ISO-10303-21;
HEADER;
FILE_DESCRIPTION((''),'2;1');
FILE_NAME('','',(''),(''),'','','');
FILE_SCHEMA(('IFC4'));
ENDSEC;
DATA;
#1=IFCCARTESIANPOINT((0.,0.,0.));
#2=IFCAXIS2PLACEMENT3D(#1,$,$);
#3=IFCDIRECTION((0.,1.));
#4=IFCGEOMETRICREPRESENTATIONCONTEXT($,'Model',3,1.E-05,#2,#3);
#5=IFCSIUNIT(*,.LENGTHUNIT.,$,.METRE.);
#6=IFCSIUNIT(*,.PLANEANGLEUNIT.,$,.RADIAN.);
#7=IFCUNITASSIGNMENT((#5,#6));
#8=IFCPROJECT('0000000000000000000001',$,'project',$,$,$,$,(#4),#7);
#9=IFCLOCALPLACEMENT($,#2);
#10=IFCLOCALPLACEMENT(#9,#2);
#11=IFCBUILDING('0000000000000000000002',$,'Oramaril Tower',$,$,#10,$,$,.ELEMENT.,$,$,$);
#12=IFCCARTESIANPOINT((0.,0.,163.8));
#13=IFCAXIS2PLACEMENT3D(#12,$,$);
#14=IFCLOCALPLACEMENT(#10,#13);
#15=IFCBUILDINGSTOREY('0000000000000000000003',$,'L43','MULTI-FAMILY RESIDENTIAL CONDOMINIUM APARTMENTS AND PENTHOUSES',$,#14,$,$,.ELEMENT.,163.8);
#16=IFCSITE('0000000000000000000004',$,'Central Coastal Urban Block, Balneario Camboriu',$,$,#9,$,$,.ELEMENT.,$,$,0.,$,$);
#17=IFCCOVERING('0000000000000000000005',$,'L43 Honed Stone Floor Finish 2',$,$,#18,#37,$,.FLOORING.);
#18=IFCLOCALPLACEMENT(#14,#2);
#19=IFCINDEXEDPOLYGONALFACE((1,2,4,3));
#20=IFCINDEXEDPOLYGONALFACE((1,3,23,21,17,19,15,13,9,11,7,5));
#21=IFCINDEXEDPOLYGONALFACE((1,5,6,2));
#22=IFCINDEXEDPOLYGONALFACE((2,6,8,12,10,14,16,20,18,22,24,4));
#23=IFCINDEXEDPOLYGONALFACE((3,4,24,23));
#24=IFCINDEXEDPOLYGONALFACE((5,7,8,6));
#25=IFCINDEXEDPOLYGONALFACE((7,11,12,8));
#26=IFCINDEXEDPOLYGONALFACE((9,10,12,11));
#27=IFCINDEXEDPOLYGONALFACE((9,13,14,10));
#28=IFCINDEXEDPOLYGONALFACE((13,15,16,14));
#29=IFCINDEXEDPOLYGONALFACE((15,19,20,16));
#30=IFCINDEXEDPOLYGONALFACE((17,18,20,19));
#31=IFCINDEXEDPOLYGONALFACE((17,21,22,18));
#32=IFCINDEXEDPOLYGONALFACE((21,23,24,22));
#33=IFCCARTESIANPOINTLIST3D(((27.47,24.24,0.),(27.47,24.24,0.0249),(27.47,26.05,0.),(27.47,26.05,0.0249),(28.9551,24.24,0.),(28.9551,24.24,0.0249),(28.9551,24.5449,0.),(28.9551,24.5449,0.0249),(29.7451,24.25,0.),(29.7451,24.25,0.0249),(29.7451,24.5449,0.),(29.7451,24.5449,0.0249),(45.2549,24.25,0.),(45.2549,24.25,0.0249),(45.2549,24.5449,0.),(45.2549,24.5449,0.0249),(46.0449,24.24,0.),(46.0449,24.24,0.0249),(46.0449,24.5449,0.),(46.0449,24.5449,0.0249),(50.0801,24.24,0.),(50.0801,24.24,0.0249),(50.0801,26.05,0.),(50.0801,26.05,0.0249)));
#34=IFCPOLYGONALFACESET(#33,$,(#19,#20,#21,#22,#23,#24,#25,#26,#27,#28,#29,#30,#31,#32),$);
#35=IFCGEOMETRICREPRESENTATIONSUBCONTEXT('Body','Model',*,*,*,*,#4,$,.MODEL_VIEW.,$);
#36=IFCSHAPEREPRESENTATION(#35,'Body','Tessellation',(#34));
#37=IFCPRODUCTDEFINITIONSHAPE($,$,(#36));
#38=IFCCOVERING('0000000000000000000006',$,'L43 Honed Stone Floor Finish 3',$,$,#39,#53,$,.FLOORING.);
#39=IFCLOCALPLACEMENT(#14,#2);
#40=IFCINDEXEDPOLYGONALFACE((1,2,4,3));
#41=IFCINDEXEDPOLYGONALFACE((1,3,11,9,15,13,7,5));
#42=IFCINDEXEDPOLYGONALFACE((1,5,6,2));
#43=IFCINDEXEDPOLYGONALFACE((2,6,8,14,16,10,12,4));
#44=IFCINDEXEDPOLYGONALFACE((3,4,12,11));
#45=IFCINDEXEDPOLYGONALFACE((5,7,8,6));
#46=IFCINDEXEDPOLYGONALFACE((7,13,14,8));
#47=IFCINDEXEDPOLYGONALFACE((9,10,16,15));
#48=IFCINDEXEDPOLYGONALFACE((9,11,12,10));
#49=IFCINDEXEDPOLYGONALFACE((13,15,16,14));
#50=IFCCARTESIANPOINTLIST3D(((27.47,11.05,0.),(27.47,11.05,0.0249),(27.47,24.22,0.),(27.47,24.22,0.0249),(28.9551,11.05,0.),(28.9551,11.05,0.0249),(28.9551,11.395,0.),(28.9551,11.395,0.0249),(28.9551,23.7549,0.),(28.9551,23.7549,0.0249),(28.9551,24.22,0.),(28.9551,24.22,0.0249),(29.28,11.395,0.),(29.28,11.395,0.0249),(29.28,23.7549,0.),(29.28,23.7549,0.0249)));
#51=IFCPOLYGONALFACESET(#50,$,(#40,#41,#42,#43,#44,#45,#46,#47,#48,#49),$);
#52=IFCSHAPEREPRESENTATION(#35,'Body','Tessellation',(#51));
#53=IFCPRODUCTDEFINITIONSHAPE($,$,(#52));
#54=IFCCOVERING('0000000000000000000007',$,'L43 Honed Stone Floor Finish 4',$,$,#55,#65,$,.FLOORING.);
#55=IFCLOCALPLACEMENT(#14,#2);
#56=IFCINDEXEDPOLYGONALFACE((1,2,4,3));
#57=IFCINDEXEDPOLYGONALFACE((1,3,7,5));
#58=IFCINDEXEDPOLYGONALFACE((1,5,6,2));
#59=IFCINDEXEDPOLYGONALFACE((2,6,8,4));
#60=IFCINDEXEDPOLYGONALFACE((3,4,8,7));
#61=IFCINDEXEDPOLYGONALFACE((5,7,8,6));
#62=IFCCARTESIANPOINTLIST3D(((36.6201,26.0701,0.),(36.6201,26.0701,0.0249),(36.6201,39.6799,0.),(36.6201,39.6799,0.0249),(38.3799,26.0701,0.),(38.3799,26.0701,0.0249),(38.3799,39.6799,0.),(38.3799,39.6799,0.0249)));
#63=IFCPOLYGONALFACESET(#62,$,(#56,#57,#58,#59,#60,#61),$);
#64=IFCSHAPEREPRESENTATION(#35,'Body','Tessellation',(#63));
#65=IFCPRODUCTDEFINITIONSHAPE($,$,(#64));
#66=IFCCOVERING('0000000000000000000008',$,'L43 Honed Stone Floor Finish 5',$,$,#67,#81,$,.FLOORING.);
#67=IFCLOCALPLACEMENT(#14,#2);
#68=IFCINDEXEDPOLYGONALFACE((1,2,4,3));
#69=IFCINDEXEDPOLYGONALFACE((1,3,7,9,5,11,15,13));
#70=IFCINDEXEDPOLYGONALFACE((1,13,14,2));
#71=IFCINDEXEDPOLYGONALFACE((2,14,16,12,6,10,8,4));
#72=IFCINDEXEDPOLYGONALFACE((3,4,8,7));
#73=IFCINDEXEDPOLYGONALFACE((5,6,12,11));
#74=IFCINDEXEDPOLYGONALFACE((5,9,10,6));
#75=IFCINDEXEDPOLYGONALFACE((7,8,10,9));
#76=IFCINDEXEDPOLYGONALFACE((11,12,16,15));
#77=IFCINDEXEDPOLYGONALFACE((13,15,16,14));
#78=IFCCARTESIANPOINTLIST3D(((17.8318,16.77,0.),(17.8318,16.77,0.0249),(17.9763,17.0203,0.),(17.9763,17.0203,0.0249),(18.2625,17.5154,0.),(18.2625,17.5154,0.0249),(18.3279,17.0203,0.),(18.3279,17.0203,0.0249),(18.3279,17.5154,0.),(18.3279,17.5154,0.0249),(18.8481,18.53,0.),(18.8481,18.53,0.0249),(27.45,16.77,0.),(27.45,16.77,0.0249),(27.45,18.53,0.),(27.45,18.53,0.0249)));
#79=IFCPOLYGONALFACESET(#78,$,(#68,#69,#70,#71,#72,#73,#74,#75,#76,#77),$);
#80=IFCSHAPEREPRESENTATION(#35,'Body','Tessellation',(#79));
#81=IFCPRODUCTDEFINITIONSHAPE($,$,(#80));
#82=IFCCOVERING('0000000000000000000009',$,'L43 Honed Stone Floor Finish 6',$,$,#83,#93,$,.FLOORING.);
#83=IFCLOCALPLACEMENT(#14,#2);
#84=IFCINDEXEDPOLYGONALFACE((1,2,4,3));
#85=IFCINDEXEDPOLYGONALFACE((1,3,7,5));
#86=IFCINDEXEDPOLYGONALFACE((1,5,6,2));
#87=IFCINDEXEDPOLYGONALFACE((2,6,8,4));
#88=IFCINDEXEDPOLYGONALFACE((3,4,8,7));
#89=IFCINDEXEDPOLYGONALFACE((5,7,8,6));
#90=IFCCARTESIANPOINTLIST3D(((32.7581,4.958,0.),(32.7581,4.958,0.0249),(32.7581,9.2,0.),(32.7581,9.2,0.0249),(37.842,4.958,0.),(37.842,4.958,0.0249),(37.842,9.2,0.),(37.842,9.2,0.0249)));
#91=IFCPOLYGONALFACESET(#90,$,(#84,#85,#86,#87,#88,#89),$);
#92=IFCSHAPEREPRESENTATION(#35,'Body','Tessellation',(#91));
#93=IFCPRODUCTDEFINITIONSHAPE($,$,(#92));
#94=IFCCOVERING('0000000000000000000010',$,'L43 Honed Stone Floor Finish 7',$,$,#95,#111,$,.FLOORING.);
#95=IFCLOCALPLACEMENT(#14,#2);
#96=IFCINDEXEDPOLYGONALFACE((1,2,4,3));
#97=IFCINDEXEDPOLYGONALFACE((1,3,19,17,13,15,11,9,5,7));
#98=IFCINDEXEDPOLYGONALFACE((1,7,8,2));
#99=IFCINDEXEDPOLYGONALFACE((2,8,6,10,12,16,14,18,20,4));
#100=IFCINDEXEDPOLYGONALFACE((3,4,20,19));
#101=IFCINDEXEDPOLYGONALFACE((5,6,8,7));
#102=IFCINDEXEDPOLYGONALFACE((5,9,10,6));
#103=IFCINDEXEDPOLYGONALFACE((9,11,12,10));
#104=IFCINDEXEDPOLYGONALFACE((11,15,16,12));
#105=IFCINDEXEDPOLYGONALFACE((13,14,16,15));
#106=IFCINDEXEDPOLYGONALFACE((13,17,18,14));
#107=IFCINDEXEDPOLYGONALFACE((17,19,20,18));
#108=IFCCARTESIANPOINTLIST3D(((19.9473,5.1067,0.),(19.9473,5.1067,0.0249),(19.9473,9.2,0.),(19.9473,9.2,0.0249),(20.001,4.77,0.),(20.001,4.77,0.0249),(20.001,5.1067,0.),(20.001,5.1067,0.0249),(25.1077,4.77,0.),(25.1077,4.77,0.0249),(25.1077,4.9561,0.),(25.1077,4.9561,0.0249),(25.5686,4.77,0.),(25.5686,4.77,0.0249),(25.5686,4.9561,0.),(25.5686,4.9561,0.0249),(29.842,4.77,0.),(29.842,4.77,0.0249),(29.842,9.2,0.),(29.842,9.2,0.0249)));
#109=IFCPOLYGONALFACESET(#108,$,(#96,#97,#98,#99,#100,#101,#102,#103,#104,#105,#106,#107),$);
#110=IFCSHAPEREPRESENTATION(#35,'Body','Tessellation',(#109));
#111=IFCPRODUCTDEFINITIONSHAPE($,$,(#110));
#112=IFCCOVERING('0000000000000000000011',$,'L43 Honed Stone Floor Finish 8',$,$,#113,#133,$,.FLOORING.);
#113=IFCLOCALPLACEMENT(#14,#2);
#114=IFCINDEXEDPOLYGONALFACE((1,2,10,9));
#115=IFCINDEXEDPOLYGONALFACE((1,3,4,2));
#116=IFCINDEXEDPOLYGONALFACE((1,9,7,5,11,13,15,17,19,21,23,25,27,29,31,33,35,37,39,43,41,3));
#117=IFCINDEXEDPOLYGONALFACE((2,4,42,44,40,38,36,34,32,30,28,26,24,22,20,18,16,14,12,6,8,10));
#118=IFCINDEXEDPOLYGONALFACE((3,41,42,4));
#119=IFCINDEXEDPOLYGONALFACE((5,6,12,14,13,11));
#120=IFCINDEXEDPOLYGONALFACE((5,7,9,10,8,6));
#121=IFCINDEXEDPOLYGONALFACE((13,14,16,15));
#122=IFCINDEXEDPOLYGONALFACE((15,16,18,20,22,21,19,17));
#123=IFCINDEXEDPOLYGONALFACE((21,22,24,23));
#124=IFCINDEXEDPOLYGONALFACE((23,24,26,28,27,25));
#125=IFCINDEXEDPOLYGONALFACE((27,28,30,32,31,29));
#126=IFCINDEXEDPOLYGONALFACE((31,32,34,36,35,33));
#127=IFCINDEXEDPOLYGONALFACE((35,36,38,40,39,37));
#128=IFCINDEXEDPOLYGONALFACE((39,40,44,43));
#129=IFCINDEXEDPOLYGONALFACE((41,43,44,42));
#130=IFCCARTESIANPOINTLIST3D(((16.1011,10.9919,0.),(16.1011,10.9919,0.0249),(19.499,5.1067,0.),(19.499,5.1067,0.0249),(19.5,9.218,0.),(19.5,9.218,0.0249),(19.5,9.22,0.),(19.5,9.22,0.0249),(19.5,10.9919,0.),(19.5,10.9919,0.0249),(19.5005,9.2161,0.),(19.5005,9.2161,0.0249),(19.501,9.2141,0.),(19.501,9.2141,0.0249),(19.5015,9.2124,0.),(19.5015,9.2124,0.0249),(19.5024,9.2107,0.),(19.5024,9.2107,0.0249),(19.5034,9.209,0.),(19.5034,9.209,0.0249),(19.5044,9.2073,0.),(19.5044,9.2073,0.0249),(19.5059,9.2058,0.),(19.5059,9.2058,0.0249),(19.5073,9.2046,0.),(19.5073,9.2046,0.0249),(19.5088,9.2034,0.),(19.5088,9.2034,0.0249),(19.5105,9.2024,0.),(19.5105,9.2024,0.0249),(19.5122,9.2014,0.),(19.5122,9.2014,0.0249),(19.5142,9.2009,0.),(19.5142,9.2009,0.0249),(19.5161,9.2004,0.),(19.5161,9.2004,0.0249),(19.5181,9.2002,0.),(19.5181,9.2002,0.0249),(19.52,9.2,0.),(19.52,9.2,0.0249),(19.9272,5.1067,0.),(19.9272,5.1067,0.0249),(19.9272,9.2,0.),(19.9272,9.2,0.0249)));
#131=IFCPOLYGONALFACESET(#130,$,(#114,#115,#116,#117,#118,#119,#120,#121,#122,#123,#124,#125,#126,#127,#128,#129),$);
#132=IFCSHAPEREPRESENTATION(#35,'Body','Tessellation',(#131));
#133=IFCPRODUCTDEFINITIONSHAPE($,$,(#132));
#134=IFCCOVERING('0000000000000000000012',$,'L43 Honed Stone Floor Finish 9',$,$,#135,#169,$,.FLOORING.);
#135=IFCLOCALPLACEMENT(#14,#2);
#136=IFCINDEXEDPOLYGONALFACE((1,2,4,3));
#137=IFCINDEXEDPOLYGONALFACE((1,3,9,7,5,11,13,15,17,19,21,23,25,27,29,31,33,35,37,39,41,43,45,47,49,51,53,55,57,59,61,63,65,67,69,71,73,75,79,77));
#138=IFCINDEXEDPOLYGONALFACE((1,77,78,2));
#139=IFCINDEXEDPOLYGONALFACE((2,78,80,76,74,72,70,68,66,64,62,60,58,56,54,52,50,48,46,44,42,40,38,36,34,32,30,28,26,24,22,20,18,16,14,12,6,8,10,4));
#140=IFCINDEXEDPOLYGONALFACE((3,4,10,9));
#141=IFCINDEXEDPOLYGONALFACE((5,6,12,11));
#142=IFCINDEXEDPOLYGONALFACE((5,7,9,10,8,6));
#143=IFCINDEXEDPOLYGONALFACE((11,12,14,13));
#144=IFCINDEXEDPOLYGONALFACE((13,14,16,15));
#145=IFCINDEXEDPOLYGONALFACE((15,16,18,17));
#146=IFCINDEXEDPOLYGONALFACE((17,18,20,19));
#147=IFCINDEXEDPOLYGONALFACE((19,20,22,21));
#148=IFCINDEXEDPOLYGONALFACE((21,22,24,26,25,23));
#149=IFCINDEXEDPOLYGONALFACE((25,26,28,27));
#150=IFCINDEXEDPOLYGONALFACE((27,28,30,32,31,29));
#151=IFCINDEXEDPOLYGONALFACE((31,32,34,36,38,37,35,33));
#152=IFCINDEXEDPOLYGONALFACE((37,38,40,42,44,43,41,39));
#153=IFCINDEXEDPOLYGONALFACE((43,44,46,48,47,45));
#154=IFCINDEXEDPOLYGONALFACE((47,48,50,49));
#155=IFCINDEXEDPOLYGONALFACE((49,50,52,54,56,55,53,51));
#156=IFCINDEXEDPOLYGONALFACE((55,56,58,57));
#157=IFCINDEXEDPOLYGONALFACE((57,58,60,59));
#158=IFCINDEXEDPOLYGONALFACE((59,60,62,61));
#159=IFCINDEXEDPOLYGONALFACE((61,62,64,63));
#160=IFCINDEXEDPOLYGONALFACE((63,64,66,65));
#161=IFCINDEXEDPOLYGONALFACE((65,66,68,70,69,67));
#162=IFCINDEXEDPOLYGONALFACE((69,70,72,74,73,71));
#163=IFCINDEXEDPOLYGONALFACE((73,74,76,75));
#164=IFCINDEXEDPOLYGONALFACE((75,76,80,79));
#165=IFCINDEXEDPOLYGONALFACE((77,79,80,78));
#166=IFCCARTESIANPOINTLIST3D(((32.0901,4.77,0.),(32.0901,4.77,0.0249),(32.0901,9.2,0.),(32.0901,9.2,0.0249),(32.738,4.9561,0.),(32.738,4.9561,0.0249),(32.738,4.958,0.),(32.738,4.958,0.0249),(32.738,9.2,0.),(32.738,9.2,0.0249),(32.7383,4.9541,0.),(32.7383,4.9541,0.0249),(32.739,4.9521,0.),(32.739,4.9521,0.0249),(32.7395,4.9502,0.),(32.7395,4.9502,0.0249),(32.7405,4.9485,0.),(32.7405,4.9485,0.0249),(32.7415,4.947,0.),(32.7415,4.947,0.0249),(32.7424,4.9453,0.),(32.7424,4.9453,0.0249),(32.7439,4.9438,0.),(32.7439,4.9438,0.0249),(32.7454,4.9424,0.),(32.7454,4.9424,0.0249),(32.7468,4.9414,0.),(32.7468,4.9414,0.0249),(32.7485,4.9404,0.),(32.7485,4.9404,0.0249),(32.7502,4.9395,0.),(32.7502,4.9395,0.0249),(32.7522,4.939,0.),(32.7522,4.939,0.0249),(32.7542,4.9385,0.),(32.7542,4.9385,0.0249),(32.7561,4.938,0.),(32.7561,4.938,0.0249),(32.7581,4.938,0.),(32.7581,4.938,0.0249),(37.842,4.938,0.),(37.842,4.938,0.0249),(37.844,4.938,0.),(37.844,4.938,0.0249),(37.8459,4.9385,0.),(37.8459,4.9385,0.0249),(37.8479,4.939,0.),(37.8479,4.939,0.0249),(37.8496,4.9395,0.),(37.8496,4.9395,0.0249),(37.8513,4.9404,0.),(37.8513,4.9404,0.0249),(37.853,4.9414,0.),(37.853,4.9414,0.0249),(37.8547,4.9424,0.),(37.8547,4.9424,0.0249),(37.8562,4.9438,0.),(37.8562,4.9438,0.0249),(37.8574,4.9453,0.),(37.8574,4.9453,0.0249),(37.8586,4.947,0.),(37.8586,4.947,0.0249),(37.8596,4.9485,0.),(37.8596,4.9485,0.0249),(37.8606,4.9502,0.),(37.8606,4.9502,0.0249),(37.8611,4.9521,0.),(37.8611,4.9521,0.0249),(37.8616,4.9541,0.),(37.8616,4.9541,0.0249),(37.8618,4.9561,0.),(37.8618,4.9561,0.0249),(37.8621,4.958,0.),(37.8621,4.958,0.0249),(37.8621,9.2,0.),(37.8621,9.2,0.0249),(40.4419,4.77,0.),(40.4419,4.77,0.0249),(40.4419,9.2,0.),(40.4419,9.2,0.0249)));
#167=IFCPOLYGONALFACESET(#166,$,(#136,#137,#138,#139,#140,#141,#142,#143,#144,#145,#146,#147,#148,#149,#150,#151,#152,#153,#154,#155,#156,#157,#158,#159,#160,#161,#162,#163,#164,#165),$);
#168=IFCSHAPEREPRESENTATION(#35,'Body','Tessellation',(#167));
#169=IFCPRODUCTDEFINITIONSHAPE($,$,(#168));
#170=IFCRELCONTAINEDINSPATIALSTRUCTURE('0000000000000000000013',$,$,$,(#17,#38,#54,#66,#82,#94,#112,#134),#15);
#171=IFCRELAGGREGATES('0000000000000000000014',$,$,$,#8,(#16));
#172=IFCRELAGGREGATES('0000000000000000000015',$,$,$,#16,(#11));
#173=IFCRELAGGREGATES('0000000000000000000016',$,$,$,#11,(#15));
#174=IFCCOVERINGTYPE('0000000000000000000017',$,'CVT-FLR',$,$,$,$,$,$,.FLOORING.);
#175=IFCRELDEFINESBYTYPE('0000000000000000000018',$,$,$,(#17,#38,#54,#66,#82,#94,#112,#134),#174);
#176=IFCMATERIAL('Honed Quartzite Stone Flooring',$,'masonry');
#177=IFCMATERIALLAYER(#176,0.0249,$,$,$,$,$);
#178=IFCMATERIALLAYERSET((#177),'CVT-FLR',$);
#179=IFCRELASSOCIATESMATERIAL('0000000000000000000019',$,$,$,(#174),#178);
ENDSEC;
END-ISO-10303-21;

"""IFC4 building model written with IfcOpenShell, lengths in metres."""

from ifc_helpers import new_model, si_unit, direction, frame, origin, place, context, subcontext, project, spatial, polyline, outline, extrude, material, layer, layer_set, type_object, element, save


model = new_model("IFC4")

# Units and contexts
model_context = context("Model", 3, precision=1e-05, world=origin(), true_north=direction((0.0, 1.0)))
body_context = subcontext(model_context, "Body", "Model", "MODEL_VIEW")
ifc_project = project(units=[si_unit("LENGTHUNIT", "METRE"), si_unit("PLANEANGLEUNIT", "RADIAN")], contexts=[model_context])

# Site, building, storey
site_placement = place(None, origin())
site = spatial("IfcSite", under=ifc_project, at=site_placement, Name="Central Coastal Urban Block, Balneario Camboriu", CompositionType="ELEMENT", RefElevation=0.0)
building_placement = place(site_placement, origin())
building = spatial("IfcBuilding", under=site, at=building_placement, Name="Oramaril Tower", CompositionType="ELEMENT")
storey_placement = place(building_placement, frame((0.0, 0.0, 163.8)))
storey = spatial("IfcBuildingStorey", under=building, at=storey_placement, Name="L43", Description="MULTI-FAMILY RESIDENTIAL CONDOMINIUM APARTMENTS AND PENTHOUSES", CompositionType="ELEMENT", Elevation=163.8)

# Coverings
ifc_material_1 = material(Name="Honed Quartzite Stone Flooring", Category="masonry")
ifc_layer_1 = layer(ifc_material_1, 0.0249)
ifc_layer_set_1 = layer_set([ifc_layer_1], Name="CVT-FLR")
covering_type_1 = type_object("IfcCoveringType", Name="CVT-FLR", PredefinedType="FLOORING", material=ifc_layer_set_1)
covering_1_placement = place(storey_placement, origin())
element("IfcCovering", 1, at=covering_1_placement, inside=storey, type_object=covering_type_1, Name="L43 Honed Stone Floor Finish 2", PredefinedType="FLOORING", context=body_context, shape_type="SweptSolid", body=[
    extrude(outline(polyline([(50.0801, 24.24), (46.0449, 24.24), (46.0449, 24.5449), (45.2549, 24.5449), (45.2549, 24.25), (29.7451, 24.25), (29.7451, 24.5449), (28.9551, 24.5449), (28.9551, 24.24), (27.47, 24.24), (27.47, 26.05), (50.0801, 26.05), (50.0801, 24.24)])), origin(), (0.0, 0.0, 1.0), 0.0249),
])
covering_2_placement = place(storey_placement, origin())
element("IfcCovering", 2, at=covering_2_placement, inside=storey, type_object=covering_type_1, Name="L43 Honed Stone Floor Finish 3", PredefinedType="FLOORING", context=body_context, shape_type="SweptSolid", body=[
    extrude(outline(polyline([(28.9551, 23.7549), (29.28, 23.7549), (29.28, 11.395), (28.9551, 11.395), (28.9551, 11.05), (27.47, 11.05), (27.47, 24.22), (28.9551, 24.22), (28.9551, 23.7549)])), origin(), (0.0, 0.0, 1.0), 0.0249),
])
covering_3_placement = place(storey_placement, origin())
element("IfcCovering", 3, at=covering_3_placement, inside=storey, type_object=covering_type_1, Name="L43 Honed Stone Floor Finish 4", PredefinedType="FLOORING", context=body_context, shape_type="SweptSolid", body=[
    extrude(outline(polyline([(38.3799, 26.0701), (36.6201, 26.0701), (36.6201, 39.6799), (38.3799, 39.6799), (38.3799, 26.0701)])), origin(), (0.0, 0.0, 1.0), 0.0249),
])
covering_4_placement = place(storey_placement, origin())
element("IfcCovering", 4, at=covering_4_placement, inside=storey, type_object=covering_type_1, Name="L43 Honed Stone Floor Finish 5", PredefinedType="FLOORING", context=body_context, shape_type="SweptSolid", body=[
    extrude(outline(polyline([(17.8318, 16.77), (17.9763, 17.0203), (18.3279, 17.0203), (18.3279, 17.5154), (18.2625, 17.5154), (18.8481, 18.53), (27.45, 18.53), (27.45, 16.77), (17.8318, 16.77)])), origin(), (0.0, 0.0, 1.0), 0.0249),
])
covering_5_placement = place(storey_placement, origin())
element("IfcCovering", 5, at=covering_5_placement, inside=storey, type_object=covering_type_1, Name="L43 Honed Stone Floor Finish 6", PredefinedType="FLOORING", context=body_context, shape_type="SweptSolid", body=[
    extrude(outline(polyline([(32.7581, 4.958), (32.7581, 9.2), (37.842, 9.2), (37.842, 4.958), (32.7581, 4.958)])), origin(), (0.0, 0.0, 1.0), 0.0249),
])
covering_6_placement = place(storey_placement, origin())
element("IfcCovering", 6, at=covering_6_placement, inside=storey, type_object=covering_type_1, Name="L43 Honed Stone Floor Finish 7", PredefinedType="FLOORING", context=body_context, shape_type="SweptSolid", body=[
    extrude(outline(polyline([(25.5686, 4.9561), (25.1077, 4.9561), (25.1077, 4.77), (20.001, 4.77), (20.001, 5.1067), (19.9473, 5.1067), (19.9473, 9.2), (29.842, 9.2), (29.842, 4.77), (25.5686, 4.77), (25.5686, 4.9561)])), origin(), (0.0, 0.0, 1.0), 0.0249),
])
covering_7_placement = place(storey_placement, origin())
element("IfcCovering", 7, at=covering_7_placement, inside=storey, type_object=covering_type_1, Name="L43 Honed Stone Floor Finish 8", PredefinedType="FLOORING", context=body_context, shape_type="SweptSolid", body=[
    extrude(outline(polyline([(19.499, 5.1067), (16.1011, 10.9919), (19.5, 10.9919), (19.5, 9.22), (19.5, 9.218), (19.5005, 9.2161), (19.501, 9.2141), (19.5015, 9.2124), (19.5024, 9.2107), (19.5034, 9.209), (19.5044, 9.2073), (19.5059, 9.2058), (19.5073, 9.2046), (19.5088, 9.2034), (19.5105, 9.2024), (19.5122, 9.2014), (19.5142, 9.2009), (19.5161, 9.2004), (19.5181, 9.2002), (19.52, 9.2), (19.9272, 9.2), (19.9272, 5.1067), (19.499, 5.1067)])), origin(), (0.0, 0.0, 1.0), 0.0249),
])
covering_8_placement = place(storey_placement, origin())
element("IfcCovering", 8, at=covering_8_placement, inside=storey, type_object=covering_type_1, Name="L43 Honed Stone Floor Finish 9", PredefinedType="FLOORING", context=body_context, shape_type="SweptSolid", body=[
    extrude(outline(polyline([(40.4419, 4.77), (32.0901, 4.77), (32.0901, 9.2), (32.738, 9.2), (32.738, 4.958), (32.738, 4.9561), (32.7383, 4.9541), (32.739, 4.9521), (32.7395, 4.9502), (32.7405, 4.9485), (32.7415, 4.947), (32.7424, 4.9453), (32.7439, 4.9438), (32.7454, 4.9424), (32.7468, 4.9414), (32.7485, 4.9404), (32.7502, 4.9395), (32.7522, 4.939), (32.7542, 4.9385), (32.7561, 4.938), (32.7581, 4.938), (37.842, 4.938), (37.844, 4.938), (37.8459, 4.9385), (37.8479, 4.939), (37.8496, 4.9395), (37.8513, 4.9404), (37.853, 4.9414), (37.8547, 4.9424), (37.8562, 4.9438), (37.8574, 4.9453), (37.8586, 4.947), (37.8596, 4.9485), (37.8606, 4.9502), (37.8611, 4.9521), (37.8616, 4.9541), (37.8618, 4.9561), (37.8621, 4.958), (37.8621, 9.2), (40.4419, 9.2), (40.4419, 4.77)])), origin(), (0.0, 0.0, 1.0), 0.0249),
])

save(model, "model.ifc")
